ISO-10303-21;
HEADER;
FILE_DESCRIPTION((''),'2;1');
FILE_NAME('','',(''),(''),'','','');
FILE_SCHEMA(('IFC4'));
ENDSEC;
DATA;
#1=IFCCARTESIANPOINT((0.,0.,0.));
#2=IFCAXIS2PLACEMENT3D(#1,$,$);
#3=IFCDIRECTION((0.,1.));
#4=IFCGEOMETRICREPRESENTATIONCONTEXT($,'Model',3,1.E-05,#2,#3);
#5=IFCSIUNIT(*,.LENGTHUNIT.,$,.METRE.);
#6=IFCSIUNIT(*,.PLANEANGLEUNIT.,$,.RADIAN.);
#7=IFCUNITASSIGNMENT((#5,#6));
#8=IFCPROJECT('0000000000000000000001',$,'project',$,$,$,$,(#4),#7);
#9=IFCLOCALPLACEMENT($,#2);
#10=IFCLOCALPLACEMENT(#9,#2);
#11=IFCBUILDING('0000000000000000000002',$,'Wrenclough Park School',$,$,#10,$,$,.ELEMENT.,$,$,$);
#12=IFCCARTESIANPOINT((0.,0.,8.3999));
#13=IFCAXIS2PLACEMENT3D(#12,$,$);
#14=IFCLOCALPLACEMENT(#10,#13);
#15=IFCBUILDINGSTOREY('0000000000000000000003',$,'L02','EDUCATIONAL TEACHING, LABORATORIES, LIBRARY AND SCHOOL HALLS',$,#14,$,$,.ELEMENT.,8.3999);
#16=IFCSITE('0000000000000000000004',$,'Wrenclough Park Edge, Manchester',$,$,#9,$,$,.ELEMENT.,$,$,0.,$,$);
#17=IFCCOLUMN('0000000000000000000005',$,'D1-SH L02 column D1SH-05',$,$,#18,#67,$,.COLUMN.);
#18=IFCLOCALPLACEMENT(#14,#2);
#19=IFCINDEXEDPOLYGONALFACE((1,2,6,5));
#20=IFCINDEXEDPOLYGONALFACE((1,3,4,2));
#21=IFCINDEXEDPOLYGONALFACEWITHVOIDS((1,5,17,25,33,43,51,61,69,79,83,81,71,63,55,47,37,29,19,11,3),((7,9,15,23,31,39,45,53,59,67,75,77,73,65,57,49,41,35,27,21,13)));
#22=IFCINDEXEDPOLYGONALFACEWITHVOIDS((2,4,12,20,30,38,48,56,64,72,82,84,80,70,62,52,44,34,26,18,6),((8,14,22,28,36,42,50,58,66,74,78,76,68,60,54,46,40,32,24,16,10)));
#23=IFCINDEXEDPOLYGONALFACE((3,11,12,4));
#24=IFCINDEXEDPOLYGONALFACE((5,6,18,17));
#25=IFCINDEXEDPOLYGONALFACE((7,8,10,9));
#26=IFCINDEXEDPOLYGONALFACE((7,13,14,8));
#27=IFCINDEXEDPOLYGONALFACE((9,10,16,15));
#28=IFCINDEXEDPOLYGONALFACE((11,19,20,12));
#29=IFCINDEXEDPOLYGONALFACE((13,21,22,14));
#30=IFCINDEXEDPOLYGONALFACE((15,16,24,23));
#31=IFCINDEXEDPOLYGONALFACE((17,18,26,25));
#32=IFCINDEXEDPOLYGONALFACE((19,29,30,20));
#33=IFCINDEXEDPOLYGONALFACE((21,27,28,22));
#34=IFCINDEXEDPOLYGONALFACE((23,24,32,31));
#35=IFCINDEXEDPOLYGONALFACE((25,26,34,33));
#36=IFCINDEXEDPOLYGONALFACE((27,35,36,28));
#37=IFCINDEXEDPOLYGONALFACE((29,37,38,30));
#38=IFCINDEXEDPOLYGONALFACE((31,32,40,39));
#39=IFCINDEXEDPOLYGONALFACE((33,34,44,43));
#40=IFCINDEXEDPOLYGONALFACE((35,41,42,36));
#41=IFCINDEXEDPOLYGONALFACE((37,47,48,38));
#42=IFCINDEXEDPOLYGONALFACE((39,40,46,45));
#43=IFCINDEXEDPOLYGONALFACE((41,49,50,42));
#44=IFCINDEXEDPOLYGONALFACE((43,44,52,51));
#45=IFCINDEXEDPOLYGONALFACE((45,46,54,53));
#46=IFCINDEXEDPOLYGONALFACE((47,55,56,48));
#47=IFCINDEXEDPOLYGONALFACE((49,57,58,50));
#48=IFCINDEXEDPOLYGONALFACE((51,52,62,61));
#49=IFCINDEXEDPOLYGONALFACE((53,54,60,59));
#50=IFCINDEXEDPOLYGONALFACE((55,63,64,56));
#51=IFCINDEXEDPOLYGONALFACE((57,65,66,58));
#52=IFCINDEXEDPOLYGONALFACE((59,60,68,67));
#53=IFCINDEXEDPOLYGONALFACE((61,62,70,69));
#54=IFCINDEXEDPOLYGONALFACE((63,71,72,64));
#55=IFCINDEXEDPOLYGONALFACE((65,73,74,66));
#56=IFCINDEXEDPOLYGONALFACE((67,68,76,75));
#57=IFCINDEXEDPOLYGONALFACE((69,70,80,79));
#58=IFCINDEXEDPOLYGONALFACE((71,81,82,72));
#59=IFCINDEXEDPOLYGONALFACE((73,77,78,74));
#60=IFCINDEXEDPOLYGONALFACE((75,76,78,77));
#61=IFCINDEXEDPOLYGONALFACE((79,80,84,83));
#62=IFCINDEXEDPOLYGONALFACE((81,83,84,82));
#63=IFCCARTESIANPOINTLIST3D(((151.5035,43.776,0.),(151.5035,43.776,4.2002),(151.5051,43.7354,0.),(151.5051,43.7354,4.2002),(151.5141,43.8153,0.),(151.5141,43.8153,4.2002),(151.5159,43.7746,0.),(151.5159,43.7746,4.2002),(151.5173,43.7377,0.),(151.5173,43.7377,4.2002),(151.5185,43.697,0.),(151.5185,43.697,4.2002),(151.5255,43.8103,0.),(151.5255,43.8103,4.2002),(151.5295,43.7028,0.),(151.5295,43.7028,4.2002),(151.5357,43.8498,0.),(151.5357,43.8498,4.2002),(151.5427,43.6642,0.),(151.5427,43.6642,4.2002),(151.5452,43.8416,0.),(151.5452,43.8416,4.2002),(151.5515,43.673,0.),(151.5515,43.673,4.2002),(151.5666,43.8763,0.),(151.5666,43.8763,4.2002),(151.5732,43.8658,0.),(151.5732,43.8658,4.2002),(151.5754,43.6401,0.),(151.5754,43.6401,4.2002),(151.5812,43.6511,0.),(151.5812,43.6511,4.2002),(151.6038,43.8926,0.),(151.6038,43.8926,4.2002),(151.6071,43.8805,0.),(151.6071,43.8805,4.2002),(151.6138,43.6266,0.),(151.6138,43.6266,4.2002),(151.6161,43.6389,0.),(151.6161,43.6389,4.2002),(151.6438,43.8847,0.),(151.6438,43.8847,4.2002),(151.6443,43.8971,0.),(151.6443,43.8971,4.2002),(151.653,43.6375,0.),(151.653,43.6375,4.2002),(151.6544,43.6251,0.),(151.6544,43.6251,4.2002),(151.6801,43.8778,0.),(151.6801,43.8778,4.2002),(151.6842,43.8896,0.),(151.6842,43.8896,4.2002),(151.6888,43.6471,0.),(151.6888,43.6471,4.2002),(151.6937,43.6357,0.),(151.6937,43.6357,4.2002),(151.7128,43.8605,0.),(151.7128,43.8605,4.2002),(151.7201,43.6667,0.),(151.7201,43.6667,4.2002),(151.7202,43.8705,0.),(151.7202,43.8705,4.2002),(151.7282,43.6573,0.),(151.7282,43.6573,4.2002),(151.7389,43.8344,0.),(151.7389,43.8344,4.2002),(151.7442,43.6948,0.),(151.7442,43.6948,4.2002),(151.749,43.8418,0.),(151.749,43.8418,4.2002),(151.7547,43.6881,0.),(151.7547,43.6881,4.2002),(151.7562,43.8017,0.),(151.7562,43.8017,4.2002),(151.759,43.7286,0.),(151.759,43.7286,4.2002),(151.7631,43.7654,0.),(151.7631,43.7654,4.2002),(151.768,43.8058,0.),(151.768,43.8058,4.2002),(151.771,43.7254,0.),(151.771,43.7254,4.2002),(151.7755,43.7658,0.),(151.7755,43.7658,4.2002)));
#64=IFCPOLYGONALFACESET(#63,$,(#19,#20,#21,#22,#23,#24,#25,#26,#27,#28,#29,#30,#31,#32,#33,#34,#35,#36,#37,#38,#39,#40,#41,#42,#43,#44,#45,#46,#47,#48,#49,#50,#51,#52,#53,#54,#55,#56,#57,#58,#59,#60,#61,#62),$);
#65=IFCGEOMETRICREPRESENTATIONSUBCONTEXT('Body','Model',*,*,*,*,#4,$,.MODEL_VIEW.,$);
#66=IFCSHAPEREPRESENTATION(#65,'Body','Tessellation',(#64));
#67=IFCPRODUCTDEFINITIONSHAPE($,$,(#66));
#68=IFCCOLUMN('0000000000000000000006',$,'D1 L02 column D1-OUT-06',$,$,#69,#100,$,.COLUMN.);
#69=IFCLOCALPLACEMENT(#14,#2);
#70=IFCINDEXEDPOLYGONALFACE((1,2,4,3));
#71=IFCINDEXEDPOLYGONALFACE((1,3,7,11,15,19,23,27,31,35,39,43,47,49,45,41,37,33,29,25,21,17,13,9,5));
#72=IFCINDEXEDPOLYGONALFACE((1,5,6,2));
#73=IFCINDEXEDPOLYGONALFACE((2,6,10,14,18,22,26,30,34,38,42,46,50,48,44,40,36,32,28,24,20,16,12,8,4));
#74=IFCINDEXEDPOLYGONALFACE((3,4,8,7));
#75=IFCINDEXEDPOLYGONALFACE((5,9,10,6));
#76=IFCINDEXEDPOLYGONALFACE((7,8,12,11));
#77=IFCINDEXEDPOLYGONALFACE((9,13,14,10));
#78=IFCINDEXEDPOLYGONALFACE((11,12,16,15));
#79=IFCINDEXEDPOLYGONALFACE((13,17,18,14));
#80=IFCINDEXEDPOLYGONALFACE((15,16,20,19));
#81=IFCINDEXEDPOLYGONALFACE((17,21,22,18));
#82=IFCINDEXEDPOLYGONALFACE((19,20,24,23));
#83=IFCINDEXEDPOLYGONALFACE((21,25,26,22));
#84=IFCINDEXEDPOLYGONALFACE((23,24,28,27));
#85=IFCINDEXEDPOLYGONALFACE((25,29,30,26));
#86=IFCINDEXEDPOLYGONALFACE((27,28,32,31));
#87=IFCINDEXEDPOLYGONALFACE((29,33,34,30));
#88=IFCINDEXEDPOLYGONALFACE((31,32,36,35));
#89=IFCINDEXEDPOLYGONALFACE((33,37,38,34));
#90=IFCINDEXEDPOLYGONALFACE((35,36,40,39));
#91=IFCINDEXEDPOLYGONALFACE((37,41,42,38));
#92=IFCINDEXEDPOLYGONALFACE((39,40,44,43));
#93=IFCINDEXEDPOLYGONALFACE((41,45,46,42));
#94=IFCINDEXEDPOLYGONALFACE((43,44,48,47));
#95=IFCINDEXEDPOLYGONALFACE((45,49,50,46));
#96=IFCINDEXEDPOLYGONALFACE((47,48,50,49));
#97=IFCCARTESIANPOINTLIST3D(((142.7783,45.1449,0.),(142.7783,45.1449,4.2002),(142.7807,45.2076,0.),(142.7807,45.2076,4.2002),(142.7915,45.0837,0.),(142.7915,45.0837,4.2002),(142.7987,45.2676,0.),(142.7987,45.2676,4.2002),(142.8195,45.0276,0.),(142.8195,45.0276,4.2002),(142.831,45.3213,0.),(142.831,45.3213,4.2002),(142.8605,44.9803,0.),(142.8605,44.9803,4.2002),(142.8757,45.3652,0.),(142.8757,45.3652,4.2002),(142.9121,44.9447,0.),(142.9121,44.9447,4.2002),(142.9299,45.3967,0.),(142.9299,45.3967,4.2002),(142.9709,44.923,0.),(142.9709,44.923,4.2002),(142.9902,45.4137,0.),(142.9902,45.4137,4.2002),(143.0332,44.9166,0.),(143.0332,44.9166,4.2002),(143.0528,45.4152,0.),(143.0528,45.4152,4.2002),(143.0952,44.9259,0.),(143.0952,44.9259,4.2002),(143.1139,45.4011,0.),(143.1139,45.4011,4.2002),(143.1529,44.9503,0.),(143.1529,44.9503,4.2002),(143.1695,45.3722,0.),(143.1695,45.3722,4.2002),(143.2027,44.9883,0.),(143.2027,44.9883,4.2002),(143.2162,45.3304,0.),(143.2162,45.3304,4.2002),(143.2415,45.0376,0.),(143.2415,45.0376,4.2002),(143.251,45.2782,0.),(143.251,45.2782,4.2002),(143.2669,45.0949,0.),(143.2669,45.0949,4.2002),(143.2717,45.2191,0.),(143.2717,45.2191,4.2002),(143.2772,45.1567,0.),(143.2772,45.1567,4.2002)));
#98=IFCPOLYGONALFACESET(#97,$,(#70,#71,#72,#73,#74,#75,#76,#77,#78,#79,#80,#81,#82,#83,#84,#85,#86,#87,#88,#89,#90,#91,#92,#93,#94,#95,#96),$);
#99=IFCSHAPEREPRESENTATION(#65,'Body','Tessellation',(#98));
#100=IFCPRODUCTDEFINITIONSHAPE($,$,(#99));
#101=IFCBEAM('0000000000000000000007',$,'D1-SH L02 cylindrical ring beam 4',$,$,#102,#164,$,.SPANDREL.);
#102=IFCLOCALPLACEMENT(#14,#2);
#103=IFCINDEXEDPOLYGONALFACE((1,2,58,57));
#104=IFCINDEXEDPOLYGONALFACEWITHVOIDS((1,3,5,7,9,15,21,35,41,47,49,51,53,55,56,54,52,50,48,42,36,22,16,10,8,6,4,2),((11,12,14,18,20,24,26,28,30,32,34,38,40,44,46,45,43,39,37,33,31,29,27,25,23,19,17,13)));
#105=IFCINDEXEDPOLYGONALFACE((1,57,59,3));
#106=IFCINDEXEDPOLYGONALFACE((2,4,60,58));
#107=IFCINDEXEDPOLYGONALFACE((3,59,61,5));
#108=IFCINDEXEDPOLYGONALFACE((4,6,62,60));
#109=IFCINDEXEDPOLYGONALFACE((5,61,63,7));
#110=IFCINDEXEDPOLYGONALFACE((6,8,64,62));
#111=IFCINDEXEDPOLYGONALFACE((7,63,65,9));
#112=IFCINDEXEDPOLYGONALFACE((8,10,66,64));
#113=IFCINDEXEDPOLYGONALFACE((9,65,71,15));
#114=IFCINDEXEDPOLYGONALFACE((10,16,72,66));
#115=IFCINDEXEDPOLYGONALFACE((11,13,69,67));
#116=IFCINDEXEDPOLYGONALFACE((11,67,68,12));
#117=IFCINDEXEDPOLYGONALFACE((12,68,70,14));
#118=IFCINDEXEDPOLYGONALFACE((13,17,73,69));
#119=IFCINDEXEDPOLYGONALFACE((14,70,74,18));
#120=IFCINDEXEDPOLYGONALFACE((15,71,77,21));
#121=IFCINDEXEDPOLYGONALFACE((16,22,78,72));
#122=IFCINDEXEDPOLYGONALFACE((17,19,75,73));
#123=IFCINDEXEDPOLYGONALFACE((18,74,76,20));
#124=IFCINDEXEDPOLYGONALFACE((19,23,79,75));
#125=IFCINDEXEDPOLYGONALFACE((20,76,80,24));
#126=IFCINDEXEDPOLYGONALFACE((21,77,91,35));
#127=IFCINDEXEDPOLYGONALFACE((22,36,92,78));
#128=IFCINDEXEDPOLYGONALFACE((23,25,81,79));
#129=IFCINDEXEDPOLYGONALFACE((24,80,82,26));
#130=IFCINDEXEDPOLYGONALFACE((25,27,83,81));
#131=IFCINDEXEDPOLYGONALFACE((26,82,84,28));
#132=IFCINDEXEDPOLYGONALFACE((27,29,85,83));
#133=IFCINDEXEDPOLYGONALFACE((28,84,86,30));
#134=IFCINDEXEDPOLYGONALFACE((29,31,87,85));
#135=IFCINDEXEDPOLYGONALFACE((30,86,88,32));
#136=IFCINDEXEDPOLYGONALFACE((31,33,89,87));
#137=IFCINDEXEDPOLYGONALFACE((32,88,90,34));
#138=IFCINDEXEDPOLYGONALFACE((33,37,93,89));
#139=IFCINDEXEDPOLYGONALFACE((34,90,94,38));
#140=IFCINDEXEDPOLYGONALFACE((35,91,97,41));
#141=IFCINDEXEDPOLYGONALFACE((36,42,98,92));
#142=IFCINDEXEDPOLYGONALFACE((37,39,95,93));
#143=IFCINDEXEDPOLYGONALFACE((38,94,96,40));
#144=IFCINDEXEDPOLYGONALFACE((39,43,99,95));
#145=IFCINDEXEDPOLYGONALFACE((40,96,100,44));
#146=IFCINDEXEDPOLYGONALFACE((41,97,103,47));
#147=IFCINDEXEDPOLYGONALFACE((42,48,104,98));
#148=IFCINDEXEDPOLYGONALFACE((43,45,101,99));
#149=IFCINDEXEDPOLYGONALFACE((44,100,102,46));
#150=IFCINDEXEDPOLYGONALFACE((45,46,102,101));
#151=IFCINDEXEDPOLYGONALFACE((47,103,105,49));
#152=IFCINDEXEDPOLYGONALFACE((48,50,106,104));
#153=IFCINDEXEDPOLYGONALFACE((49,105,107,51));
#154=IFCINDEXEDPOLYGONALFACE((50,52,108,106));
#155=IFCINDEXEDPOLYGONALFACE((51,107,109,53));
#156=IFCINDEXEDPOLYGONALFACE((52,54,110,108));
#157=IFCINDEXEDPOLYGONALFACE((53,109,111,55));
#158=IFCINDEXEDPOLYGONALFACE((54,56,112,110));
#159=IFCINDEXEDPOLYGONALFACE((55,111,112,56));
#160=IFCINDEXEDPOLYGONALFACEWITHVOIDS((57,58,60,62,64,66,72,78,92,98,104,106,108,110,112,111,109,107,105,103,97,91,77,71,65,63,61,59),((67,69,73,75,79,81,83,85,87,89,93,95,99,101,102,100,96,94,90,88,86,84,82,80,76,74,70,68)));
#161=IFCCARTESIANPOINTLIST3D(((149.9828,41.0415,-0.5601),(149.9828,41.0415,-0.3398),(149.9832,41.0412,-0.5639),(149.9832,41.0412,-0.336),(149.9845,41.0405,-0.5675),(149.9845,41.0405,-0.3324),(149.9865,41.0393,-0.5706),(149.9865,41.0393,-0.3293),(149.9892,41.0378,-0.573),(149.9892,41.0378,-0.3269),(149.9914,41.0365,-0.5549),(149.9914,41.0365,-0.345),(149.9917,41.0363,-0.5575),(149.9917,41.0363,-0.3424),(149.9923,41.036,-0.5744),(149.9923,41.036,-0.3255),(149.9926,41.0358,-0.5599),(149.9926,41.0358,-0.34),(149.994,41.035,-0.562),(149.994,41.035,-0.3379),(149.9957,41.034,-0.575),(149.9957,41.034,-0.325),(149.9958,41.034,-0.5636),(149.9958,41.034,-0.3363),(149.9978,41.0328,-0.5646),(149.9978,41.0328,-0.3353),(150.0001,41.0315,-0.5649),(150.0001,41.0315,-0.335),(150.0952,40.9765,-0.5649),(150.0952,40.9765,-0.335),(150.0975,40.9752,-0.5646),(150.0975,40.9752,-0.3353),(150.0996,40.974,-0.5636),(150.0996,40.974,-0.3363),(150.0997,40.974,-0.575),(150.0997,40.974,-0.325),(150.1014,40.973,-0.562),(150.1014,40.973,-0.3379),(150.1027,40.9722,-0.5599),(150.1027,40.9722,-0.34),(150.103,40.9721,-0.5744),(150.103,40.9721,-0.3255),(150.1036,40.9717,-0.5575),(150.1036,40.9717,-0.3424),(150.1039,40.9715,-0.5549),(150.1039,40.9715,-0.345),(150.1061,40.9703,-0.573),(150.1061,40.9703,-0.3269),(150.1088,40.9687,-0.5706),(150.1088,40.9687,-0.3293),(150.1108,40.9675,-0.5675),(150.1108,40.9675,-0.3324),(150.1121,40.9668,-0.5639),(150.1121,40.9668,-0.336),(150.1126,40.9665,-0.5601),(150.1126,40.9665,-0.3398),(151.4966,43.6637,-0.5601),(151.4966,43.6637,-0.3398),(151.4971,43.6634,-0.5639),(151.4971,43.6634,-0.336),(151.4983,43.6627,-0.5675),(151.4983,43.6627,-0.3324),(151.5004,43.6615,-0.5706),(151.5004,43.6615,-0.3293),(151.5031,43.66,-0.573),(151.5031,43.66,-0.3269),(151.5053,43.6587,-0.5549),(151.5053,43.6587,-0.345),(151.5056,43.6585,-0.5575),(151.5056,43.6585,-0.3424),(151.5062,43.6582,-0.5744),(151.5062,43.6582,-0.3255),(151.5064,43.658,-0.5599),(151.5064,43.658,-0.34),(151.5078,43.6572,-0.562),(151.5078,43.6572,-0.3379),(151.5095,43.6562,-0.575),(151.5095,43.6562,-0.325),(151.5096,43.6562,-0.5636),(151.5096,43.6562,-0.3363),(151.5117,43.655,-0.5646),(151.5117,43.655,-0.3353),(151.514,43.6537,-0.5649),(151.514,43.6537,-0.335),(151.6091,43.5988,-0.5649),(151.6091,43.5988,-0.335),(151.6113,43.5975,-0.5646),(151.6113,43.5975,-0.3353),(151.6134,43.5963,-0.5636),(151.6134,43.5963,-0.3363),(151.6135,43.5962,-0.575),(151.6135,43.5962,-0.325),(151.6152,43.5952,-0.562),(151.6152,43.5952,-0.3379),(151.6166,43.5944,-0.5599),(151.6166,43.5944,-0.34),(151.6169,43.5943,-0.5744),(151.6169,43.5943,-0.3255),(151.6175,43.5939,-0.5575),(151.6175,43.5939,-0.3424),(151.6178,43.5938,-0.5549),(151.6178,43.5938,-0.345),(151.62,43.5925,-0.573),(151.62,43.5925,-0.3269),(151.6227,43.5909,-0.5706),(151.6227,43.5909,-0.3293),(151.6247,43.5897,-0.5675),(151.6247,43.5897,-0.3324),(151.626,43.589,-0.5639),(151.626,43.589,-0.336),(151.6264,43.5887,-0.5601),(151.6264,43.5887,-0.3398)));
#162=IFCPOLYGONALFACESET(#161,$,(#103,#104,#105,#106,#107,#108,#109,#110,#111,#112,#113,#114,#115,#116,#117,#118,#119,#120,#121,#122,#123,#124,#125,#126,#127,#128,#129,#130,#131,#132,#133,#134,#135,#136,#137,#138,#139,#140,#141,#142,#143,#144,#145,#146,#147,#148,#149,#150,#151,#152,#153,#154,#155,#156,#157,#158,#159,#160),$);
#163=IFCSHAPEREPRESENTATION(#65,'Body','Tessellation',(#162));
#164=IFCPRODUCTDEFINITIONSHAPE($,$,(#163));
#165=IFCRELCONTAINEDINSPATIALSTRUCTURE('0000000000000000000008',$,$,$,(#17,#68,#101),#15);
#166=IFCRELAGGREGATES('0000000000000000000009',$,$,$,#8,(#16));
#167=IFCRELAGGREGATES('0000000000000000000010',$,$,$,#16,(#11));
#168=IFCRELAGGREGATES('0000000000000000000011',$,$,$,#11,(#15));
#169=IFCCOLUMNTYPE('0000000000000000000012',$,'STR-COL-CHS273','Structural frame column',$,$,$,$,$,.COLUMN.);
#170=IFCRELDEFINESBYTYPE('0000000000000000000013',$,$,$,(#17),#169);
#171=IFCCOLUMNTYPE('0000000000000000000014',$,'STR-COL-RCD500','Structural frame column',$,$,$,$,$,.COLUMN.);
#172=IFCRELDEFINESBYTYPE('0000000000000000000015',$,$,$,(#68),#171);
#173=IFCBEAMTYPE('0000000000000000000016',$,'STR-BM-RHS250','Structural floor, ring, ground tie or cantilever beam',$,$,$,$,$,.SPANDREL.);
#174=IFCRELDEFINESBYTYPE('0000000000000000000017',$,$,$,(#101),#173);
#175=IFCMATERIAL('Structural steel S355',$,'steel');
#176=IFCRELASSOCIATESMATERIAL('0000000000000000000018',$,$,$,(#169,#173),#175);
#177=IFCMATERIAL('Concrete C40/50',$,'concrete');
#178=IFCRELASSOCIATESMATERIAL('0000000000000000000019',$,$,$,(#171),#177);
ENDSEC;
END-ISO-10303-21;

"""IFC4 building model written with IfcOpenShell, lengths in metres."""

from ifc_helpers import new_model, si_unit, direction, frame, origin, origin_2d, place, context, subcontext, project, spatial, hollow_rectangle, circle, hollow_circle, extrude, material, material_profile, profile_set, type_object, element, save


model = new_model("IFC4")

# Units and contexts
model_context = context("Model", 3, precision=1e-05, world=origin(), true_north=direction((0.0, 1.0)))
body_context = subcontext(model_context, "Body", "Model", "MODEL_VIEW")
ifc_project = project(units=[si_unit("LENGTHUNIT", "METRE"), si_unit("PLANEANGLEUNIT", "RADIAN")], contexts=[model_context])

# Site, building, storey
site_placement = place(None, origin())
site = spatial("IfcSite", under=ifc_project, at=site_placement, Name="Wrenclough Park Edge, Manchester", CompositionType="ELEMENT", RefElevation=0.0)
building_placement = place(site_placement, origin())
building = spatial("IfcBuilding", under=site, at=building_placement, Name="Wrenclough Park School", CompositionType="ELEMENT")
storey_placement = place(building_placement, frame((0.0, 0.0, 8.3999)))
storey = spatial("IfcBuildingStorey", under=building, at=storey_placement, Name="L02", Description="EDUCATIONAL TEACHING, LABORATORIES, LIBRARY AND SCHOOL HALLS", CompositionType="ELEMENT", Elevation=8.3999)

# Columns
ifc_material_1 = material(Name="Structural steel S355", Category="steel")
ifc_material_profile_1 = material_profile(ifc_material_1, hollow_circle(Radius=0.1365, WallThickness=0.0125, at=origin_2d()), Name="CHS 273.0x12.5")
ifc_profile_set_1 = profile_set([ifc_material_profile_1], Name="Structural steel S355")
column_type_1 = type_object("IfcColumnType", Name="STR-COL-CHS273", Description="Structural frame column", PredefinedType="COLUMN", material=ifc_profile_set_1)
column_placement = place(storey_placement, frame((151.6392, 43.7607, 0.0), z_axis=(0.0, 0.0, 1.0), x_axis=(-0.707107, -0.707107, 0.0)))
element("IfcColumn", 1, at=column_placement, inside=storey, type_object=column_type_1, Name="D1-SH L02 column D1SH-05", PredefinedType="COLUMN", context=body_context, shape_type="SweptSolid", body=[
    extrude(hollow_circle(Radius=0.1365, WallThickness=0.0125, at=origin_2d()), origin(), (0.0, 0.0, 1.0), 4.2002),
])
ifc_material_2 = material(Name="Concrete C40/50", Category="concrete")
ifc_material_profile_2 = material_profile(ifc_material_2, circle(Radius=0.25, at=origin_2d()), Name="RC COL D500")
ifc_profile_set_2 = profile_set([ifc_material_profile_2], Name="Concrete C40/50")
column_type_2 = type_object("IfcColumnType", Name="STR-COL-RCD500", Description="Structural frame column", PredefinedType="COLUMN", material=ifc_profile_set_2)
for number, where, z_axis, x_axis, name in (
    (2, (143.0273, 45.1665, 0.0), (0.0, 0.0, 1.0), (-0.83147, -0.55557, 0.0), "D1 L02 column D1-OUT-06"),
):
    element("IfcColumn", number, at=place(storey_placement, frame(where, z_axis=z_axis, x_axis=x_axis)), inside=storey, type_object=column_type_2, Name=name, PredefinedType="COLUMN", context=body_context, shape_type="SweptSolid", body=[
        extrude(circle(Radius=0.25, at=origin_2d()), origin(), (0.0, 0.0, 1.0), 4.2002),
    ])

# Beam
ifc_material_profile_3 = material_profile(ifc_material_1, hollow_rectangle(XDim=0.1499, YDim=0.25, WallThickness=0.01, InnerFilletRadius=0.01, OuterFilletRadius=0.0149, at=origin_2d()), Name="RHS 250x150x10.0")
ifc_profile_set_3 = profile_set([ifc_material_profile_3], Name="Structural steel S355")
beam_type_1 = type_object("IfcBeamType", Name="STR-BM-RHS250", Description="Structural floor, ring, ground tie or cantilever beam", PredefinedType="SPANDREL", material=ifc_profile_set_3)
beam_1_placement = place(storey_placement, frame((151.5615, 43.6262, -0.45), z_axis=(-0.499981, -0.866037, 0.0), x_axis=(0.866037, -0.499981, 0.0)))
element("IfcBeam", 3, at=beam_1_placement, inside=storey, type_object=beam_type_1, Name="D1-SH L02 cylindrical ring beam 4", PredefinedType="SPANDREL", context=body_context, shape_type="SweptSolid", body=[
    extrude(hollow_rectangle(XDim=0.1499, YDim=0.25, WallThickness=0.01, InnerFilletRadius=0.01, OuterFilletRadius=0.0149, at=origin_2d()), origin(), (0.0, 0.0, 1.0), 3.0278),
])

save(model, "model.ifc")
